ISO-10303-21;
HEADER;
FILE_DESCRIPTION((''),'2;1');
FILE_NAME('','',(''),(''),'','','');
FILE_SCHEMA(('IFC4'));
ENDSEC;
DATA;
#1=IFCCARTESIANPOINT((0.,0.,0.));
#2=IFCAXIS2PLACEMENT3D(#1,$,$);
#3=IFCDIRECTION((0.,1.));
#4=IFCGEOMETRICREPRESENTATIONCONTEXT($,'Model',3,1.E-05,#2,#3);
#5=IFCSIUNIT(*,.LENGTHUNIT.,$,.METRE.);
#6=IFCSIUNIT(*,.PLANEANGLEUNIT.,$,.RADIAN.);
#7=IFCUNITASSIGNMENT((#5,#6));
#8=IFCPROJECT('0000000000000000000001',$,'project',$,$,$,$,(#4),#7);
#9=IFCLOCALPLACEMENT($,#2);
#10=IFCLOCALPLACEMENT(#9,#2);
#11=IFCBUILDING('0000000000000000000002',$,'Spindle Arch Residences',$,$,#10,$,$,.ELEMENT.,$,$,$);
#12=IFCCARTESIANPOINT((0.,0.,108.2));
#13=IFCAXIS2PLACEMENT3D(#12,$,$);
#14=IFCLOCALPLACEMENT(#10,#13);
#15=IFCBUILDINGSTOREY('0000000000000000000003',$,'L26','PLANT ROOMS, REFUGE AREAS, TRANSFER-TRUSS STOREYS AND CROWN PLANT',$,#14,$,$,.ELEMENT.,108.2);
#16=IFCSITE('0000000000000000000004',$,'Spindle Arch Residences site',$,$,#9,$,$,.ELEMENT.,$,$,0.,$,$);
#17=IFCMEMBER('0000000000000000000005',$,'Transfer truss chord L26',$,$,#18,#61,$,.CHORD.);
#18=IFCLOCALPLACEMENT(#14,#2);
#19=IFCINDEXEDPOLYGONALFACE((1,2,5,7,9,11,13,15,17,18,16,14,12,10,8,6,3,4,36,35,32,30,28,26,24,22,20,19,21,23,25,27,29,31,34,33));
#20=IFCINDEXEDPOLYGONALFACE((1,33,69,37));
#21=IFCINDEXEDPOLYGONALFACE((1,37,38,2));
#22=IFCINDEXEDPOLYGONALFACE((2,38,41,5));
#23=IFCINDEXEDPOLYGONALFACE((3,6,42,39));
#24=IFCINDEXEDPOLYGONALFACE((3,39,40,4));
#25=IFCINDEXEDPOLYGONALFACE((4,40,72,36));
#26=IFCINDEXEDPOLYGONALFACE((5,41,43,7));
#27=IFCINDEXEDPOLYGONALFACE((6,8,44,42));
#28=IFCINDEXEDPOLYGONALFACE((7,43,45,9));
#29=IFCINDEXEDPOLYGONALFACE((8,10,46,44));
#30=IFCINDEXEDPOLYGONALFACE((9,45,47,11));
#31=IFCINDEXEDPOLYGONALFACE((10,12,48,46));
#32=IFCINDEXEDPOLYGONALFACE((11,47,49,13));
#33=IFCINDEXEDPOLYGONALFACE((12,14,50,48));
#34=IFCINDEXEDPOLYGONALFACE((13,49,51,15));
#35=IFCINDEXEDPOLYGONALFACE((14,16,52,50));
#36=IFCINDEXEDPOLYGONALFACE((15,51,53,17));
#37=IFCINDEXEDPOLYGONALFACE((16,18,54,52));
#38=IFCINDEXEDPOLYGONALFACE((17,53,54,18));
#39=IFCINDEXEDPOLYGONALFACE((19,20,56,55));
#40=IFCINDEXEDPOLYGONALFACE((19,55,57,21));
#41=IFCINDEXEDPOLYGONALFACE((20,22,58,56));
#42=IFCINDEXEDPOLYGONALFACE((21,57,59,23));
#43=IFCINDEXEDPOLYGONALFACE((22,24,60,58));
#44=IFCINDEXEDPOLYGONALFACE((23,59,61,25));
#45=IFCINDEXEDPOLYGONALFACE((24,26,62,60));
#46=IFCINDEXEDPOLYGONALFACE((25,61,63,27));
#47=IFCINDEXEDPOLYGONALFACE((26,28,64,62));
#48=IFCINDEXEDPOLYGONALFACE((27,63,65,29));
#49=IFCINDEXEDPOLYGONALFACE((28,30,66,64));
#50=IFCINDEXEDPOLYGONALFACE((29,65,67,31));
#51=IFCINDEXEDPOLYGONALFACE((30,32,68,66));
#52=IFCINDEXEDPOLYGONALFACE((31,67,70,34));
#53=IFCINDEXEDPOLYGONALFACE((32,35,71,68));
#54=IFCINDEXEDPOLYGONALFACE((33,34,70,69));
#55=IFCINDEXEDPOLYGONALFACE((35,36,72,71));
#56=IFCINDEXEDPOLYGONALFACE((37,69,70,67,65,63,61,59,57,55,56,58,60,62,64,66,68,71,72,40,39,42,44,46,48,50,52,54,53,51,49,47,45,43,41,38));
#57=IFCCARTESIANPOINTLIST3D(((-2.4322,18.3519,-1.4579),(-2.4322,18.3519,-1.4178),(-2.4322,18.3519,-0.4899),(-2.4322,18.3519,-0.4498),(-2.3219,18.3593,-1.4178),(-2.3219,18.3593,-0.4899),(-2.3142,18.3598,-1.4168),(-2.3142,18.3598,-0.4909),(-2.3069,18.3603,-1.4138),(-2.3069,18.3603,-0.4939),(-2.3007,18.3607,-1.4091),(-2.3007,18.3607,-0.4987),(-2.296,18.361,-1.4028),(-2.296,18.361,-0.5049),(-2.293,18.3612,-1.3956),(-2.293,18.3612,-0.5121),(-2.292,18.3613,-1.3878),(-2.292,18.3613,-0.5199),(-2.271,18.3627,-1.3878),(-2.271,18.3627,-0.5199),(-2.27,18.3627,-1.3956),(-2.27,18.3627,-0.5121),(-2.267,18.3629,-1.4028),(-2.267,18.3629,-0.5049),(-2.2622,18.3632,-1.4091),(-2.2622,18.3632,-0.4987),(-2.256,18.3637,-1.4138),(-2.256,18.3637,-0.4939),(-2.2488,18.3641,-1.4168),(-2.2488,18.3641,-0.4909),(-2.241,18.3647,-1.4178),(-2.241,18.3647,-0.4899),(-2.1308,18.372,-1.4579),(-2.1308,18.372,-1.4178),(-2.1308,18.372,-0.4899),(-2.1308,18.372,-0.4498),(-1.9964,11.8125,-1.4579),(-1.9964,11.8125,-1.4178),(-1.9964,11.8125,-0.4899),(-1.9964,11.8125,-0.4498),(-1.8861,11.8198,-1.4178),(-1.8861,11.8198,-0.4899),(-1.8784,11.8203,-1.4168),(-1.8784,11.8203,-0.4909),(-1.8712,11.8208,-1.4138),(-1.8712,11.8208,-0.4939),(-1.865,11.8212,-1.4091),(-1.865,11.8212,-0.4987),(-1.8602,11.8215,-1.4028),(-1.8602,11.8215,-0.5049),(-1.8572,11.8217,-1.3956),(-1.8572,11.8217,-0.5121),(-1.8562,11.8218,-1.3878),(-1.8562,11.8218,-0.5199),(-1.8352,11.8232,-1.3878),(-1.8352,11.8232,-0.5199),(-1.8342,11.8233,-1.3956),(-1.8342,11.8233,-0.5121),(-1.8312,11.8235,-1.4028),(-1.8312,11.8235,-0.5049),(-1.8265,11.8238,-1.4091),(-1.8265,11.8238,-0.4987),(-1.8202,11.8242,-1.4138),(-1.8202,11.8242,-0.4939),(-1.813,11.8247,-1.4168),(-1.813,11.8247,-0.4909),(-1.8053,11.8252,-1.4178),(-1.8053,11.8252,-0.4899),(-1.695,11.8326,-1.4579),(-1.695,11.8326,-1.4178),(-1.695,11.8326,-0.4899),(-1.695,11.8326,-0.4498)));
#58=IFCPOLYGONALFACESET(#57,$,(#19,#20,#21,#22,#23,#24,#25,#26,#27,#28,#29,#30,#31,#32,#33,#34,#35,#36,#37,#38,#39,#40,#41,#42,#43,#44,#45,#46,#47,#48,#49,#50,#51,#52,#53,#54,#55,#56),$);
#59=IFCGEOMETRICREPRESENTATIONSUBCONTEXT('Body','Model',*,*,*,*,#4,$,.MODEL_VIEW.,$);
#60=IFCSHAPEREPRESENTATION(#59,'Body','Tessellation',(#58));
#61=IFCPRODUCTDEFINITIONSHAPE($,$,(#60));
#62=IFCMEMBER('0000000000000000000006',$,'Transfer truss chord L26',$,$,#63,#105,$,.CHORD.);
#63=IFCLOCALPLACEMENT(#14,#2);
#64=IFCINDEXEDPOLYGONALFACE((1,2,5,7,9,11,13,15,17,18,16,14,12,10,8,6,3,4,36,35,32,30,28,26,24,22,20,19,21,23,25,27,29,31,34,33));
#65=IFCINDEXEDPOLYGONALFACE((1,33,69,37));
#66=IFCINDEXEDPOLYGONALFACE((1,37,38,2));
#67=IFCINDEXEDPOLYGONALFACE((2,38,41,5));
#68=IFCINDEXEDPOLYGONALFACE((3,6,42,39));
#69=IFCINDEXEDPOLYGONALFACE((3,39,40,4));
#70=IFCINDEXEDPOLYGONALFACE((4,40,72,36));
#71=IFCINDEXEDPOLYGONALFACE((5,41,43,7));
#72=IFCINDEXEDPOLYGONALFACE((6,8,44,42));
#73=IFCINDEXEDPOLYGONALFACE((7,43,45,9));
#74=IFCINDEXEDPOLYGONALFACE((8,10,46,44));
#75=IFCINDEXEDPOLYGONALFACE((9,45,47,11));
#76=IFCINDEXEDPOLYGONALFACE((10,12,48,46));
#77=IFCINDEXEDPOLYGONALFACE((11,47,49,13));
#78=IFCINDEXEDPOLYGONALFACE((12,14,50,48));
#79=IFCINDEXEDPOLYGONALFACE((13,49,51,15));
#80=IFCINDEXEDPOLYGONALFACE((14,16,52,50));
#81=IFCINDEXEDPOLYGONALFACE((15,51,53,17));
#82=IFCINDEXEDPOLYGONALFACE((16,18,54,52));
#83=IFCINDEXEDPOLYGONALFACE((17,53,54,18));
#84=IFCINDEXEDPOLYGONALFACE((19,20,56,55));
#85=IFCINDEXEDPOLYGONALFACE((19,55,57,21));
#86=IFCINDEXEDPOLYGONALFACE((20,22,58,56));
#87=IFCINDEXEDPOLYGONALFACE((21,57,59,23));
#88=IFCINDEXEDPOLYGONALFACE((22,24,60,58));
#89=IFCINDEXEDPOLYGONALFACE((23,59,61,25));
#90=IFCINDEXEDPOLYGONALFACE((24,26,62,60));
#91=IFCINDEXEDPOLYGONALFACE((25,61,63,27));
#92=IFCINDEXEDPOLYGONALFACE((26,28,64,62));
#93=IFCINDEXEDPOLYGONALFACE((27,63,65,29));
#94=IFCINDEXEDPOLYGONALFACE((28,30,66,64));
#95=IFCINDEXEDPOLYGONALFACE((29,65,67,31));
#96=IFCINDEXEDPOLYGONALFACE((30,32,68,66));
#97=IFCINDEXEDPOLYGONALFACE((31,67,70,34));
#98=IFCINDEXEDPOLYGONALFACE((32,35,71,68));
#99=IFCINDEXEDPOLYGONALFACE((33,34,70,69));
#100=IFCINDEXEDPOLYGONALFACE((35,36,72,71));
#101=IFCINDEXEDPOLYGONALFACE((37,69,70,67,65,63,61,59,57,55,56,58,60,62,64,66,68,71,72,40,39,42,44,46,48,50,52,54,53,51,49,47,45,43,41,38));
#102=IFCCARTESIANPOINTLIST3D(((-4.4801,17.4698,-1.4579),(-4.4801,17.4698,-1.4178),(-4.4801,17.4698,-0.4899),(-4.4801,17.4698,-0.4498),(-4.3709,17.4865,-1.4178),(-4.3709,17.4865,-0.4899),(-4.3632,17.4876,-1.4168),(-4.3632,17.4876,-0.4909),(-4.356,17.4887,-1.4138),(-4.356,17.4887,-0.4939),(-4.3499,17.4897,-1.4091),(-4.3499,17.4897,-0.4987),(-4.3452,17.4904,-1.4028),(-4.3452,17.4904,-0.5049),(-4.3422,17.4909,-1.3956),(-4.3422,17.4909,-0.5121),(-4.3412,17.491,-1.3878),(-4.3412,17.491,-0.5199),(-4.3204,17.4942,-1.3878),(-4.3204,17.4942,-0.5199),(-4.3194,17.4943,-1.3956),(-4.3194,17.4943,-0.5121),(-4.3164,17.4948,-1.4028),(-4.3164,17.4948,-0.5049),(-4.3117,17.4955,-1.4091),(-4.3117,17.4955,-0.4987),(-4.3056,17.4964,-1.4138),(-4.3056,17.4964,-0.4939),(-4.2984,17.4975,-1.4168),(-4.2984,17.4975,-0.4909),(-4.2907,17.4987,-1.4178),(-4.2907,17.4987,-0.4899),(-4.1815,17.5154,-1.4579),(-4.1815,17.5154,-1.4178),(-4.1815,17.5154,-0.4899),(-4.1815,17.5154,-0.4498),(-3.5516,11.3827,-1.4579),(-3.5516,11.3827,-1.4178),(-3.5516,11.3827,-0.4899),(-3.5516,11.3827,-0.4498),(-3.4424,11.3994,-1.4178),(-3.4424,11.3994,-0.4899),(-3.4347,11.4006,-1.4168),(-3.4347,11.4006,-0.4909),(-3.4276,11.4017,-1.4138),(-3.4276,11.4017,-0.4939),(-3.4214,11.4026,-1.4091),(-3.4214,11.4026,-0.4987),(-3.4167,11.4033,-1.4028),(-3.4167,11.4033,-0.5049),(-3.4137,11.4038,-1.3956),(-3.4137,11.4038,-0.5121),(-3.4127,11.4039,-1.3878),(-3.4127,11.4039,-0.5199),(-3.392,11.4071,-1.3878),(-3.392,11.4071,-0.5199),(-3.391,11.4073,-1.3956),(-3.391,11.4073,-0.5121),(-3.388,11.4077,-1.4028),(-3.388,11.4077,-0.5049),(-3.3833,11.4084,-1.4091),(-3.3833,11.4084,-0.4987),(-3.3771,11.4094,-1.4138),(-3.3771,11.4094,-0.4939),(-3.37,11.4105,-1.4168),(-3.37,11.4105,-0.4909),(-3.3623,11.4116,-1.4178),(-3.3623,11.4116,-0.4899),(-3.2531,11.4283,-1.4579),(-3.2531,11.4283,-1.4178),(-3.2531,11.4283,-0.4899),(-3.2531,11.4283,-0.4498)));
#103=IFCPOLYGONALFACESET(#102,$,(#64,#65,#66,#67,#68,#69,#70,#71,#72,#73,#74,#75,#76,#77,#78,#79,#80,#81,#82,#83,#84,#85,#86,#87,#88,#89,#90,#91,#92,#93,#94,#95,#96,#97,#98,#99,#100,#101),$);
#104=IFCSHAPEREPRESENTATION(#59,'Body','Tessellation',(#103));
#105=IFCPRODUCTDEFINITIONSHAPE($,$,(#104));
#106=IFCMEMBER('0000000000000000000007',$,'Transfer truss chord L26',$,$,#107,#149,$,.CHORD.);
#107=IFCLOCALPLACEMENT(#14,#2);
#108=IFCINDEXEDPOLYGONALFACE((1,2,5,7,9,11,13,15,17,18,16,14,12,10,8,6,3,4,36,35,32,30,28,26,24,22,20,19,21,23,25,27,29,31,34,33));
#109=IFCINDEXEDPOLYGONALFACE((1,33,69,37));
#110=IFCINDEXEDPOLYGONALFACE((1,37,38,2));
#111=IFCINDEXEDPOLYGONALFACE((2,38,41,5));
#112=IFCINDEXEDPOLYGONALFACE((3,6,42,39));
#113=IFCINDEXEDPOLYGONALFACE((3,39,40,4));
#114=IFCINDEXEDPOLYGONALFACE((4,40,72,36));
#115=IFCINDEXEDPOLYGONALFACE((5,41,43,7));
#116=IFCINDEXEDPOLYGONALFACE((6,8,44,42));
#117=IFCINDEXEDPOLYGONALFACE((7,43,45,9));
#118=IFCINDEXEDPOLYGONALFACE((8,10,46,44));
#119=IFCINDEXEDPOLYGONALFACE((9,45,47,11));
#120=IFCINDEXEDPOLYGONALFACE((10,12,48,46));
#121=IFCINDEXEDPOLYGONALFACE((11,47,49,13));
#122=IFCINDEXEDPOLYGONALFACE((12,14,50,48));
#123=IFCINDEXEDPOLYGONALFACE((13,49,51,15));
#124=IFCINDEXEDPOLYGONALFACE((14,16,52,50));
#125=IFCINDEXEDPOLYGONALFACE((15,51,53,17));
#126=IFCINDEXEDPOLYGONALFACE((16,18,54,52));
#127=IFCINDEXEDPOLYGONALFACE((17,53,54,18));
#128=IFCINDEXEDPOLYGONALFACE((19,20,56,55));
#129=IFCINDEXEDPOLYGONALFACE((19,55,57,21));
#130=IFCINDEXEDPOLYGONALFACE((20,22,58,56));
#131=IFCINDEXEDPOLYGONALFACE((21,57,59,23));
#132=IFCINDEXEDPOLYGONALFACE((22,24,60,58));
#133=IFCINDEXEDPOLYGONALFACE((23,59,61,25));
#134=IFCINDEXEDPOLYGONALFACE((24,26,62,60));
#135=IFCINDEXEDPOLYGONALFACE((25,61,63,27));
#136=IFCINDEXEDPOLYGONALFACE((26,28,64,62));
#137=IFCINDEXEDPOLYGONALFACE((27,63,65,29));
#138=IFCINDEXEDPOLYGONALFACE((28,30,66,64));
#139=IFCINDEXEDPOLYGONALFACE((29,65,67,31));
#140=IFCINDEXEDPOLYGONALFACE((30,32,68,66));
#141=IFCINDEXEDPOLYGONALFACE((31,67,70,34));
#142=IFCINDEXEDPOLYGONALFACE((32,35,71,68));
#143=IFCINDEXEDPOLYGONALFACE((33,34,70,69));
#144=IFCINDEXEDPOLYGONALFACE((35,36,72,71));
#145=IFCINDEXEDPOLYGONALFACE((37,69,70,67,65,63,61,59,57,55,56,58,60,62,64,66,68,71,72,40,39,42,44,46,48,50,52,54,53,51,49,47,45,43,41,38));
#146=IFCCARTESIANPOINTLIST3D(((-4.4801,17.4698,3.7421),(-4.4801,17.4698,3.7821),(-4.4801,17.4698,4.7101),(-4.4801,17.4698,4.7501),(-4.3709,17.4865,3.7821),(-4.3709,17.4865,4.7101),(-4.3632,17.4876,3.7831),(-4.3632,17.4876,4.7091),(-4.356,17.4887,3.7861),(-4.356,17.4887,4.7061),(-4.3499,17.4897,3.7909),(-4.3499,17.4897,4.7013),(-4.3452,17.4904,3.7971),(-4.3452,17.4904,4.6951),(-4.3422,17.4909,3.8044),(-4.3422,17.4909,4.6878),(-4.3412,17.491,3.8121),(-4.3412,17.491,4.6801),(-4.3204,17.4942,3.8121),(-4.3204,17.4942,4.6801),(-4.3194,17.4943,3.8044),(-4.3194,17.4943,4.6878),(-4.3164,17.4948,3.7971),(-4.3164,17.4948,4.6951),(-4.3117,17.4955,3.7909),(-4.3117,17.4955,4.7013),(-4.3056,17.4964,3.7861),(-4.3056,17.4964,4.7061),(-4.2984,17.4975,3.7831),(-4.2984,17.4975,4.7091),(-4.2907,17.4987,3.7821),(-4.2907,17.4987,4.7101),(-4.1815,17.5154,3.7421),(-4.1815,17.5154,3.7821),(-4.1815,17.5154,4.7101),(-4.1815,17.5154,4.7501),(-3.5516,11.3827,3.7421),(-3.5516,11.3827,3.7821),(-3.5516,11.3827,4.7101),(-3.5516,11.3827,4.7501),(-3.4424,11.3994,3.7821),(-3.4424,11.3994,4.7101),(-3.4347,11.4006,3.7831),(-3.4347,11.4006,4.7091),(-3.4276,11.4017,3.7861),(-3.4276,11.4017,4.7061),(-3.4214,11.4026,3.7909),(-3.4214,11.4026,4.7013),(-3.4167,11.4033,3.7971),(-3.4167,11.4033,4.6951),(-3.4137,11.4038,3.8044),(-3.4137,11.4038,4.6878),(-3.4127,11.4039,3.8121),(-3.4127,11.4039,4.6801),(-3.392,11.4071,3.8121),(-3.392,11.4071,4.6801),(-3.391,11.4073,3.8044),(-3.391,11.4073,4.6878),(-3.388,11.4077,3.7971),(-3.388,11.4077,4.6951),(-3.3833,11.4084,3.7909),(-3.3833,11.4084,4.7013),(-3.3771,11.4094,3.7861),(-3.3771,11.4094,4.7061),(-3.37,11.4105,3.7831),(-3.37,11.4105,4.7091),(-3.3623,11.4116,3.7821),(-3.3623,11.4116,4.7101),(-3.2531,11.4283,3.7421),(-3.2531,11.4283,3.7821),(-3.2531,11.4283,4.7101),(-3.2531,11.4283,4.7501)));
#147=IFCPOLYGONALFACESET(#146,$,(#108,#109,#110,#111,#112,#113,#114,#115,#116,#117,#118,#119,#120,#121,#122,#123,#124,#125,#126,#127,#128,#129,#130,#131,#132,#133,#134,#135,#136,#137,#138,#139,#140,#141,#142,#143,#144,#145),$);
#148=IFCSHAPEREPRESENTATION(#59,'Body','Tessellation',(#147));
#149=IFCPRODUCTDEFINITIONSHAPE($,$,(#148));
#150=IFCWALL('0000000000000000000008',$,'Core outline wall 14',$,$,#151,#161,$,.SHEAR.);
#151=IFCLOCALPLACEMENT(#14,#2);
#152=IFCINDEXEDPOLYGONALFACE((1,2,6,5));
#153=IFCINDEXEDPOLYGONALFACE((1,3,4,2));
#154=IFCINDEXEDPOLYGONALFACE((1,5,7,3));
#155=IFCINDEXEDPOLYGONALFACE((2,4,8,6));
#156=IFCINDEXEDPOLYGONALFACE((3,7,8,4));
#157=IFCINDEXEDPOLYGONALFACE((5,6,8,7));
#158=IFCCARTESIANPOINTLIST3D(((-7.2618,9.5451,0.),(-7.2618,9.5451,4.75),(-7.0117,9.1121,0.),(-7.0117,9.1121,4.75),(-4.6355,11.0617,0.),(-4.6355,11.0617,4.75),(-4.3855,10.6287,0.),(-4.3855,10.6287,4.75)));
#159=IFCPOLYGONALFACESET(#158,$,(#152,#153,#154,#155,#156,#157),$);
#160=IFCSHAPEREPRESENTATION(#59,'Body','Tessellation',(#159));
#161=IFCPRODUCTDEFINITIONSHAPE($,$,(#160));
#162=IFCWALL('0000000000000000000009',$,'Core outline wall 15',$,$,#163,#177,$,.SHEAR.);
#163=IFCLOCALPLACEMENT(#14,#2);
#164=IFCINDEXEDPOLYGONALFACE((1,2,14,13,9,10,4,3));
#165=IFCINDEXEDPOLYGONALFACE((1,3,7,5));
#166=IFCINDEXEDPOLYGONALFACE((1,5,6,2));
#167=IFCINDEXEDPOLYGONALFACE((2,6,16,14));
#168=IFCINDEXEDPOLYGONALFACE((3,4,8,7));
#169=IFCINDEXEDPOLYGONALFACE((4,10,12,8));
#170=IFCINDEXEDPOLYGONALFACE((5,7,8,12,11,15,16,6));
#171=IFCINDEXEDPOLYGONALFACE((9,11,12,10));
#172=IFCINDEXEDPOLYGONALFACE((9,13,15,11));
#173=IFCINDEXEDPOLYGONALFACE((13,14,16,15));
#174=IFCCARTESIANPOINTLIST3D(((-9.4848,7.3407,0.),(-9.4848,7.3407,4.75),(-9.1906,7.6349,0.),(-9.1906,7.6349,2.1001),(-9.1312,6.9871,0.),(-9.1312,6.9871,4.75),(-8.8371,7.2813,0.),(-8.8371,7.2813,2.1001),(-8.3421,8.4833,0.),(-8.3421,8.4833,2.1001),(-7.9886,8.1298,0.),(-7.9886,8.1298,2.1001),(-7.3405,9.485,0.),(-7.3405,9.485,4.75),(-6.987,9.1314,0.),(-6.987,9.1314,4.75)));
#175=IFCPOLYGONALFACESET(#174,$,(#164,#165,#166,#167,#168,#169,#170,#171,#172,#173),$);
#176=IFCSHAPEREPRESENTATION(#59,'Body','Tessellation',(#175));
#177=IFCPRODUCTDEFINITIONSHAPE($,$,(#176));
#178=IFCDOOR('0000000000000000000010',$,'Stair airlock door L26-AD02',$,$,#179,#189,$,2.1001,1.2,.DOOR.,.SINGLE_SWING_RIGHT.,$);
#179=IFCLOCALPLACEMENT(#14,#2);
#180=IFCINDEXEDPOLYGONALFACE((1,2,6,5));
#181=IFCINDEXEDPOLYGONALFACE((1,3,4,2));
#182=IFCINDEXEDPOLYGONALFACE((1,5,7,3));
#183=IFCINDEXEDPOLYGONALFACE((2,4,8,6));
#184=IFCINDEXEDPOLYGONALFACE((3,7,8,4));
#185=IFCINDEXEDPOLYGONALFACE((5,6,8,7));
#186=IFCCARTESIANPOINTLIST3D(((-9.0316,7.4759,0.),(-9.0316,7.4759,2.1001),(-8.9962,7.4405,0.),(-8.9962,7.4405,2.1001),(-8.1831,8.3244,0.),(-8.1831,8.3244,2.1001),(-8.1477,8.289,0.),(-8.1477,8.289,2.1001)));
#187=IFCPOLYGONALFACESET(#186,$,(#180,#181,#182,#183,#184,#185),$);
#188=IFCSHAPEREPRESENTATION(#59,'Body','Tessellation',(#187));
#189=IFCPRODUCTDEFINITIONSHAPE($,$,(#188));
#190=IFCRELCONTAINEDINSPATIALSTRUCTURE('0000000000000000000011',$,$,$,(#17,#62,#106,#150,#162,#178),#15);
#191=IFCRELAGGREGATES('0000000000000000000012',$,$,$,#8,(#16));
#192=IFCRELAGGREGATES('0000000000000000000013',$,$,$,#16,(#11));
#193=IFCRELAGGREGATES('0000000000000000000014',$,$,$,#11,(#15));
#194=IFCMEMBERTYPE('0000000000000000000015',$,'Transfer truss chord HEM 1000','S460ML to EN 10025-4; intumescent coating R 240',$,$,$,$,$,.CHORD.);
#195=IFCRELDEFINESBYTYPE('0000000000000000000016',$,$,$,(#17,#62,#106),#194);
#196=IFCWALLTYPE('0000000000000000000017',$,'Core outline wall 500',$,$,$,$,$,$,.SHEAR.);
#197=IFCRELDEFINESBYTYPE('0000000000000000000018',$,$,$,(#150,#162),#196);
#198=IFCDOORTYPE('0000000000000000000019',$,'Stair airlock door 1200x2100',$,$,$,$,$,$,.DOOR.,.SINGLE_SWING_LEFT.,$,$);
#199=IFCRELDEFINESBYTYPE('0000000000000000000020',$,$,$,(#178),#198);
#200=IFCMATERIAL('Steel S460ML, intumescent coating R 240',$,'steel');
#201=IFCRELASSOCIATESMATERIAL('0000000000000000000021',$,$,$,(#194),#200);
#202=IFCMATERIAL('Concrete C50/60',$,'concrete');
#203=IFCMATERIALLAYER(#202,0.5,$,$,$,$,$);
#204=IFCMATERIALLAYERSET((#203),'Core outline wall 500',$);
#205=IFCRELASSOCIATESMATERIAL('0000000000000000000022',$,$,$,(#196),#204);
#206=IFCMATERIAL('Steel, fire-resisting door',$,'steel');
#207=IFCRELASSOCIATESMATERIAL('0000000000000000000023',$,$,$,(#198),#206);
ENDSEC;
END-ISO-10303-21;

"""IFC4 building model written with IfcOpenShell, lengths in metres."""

from ifc_helpers import new_model, si_unit, direction, frame, frame_2d, origin, origin_2d, place, context, subcontext, project, spatial, rectangle, i_section, extrude, material, layer, layer_set, material_profile, profile_set, type_object, element, fill, save


model = new_model("IFC4")

# Units and contexts
model_context = context("Model", 3, precision=1e-05, world=origin(), true_north=direction((0.0, 1.0)))
body_context = subcontext(model_context, "Body", "Model", "MODEL_VIEW")
ifc_project = project(units=[si_unit("LENGTHUNIT", "METRE"), si_unit("PLANEANGLEUNIT", "RADIAN")], contexts=[model_context])

# Site, building, storey
site_placement = place(None, origin())
site = spatial("IfcSite", under=ifc_project, at=site_placement, Name="Spindle Arch Residences site", CompositionType="ELEMENT", RefElevation=0.0)
building_placement = place(site_placement, origin())
building = spatial("IfcBuilding", under=site, at=building_placement, Name="Spindle Arch Residences", CompositionType="ELEMENT")
storey_placement = place(building_placement, frame((0.0, 0.0, 108.2)))
storey = spatial("IfcBuildingStorey", under=building, at=storey_placement, Name="L26", Description="PLANT ROOMS, REFUGE AREAS, TRANSFER-TRUSS STOREYS AND CROWN PLANT", CompositionType="ELEMENT", Elevation=108.2)

# Members
ifc_material_1 = material(Name="Steel S460ML, intumescent coating R 240", Category="steel")
ifc_material_profile = material_profile(ifc_material_1, i_section(OverallWidth=0.302, OverallDepth=1.0081, WebThickness=0.021, FlangeThickness=0.04, FilletRadius=0.03, at=origin_2d()), Name="HEM 1000")
ifc_profile_set = profile_set([ifc_material_profile], Name="Steel S460ML, intumescent coating R 240")
member_type = type_object("IfcMemberType", Name="Transfer truss chord HEM 1000", Description="S460ML to EN 10025-4; intumescent coating R 240", PredefinedType="CHORD", material=ifc_profile_set)
member_placement = place(storey_placement, frame((-1.8457, 11.8225, -0.9539), z_axis=(-0.066492, 0.997787, 0.0), x_axis=(-0.997787, -0.066492, 0.0)))
element("IfcMember", 1, at=member_placement, inside=storey, type_object=member_type, Name="Transfer truss chord L26", PredefinedType="CHORD", context=body_context, shape_type="SweptSolid", body=[
    extrude(i_section(OverallWidth=0.302, OverallDepth=1.0081, WebThickness=0.021, FlangeThickness=0.04, FilletRadius=0.03, at=origin_2d()), origin(), (0.0, 0.0, 1.0), 6.554),
])
for number, where, z_axis, x_axis, name in (
    (2, (-3.4023, 11.4055, -0.9539), (-0.150785, 0.988567, 0.0), (-0.988567, -0.150785, 0.0), "Transfer truss chord L26"),
    (3, (-3.4023, 11.4055, 4.2461), (-0.150785, 0.988567, 0.0), (-0.988567, -0.150785, 0.0), "Transfer truss chord L26"),
):
    element("IfcMember", number, at=place(storey_placement, frame(where, z_axis=z_axis, x_axis=x_axis)), inside=storey, type_object=member_type, Name=name, PredefinedType="CHORD", context=body_context, shape_type="SweptSolid", body=[
        extrude(i_section(OverallWidth=0.302, OverallDepth=1.0081, WebThickness=0.021, FlangeThickness=0.04, FilletRadius=0.03, at=origin_2d()), origin(), (0.0, 0.0, 1.0), 6.1575),
    ])

# Wall
ifc_material_2 = material(Name="Concrete C50/60", Category="concrete")
ifc_layer_1 = layer(ifc_material_2, 0.5)
ifc_layer_set_1 = layer_set([ifc_layer_1], Name="Core outline wall 500")
wall_type_1 = type_object("IfcWallType", Name="Core outline wall 500", PredefinedType="SHEAR", material=ifc_layer_set_1)
wall_1_placement = place(storey_placement, frame((-4.5105, 10.8452, 0.0), z_axis=(0.0, 0.0, 1.0), x_axis=(-0.865975, -0.500087, 0.0)))
element("IfcWall", 4, at=wall_1_placement, inside=storey, type_object=wall_type_1, Name="Core outline wall 14", PredefinedType="SHEAR", context=body_context, shape_type="SweptSolid", body=[
    extrude(rectangle(XDim=3.0327, YDim=0.5, at=frame_2d((1.5164, 0.0))), origin(), (0.0, 0.0, 1.0), 4.75),
])

# Wall, opening, door
wall_2_placement = place(storey_placement, frame((-7.1638, 9.3081, 0.0), z_axis=(0.0, 0.0, 1.0), x_axis=(-0.707107, -0.707107, 0.0)))
wall_2 = element("IfcWall", 5, at=wall_2_placement, inside=storey, type_object=wall_type_1, Name="Core outline wall 15", PredefinedType="SHEAR", context=body_context, shape_type="SweptSolid", body=[
    extrude(rectangle(XDim=3.0325, YDim=0.5, at=frame_2d((1.5161, 0.0))), origin(), (0.0, 0.0, 1.0), 4.75),
])
opening_1_placement = place(wall_2_placement, frame((1.4163, 0.0, 0.0)))
opening_1 = element("IfcOpeningElement", 6, at=opening_1_placement, cuts=wall_2, PredefinedType="OPENING", context=body_context, shape_type="SweptSolid", body=[
    extrude(rectangle(XDim=1.2, YDim=2.1001, at=frame_2d((0.6001, 1.05))), frame((0.0, 0.26, 0.0), z_axis=(0.0, -1.0, 0.0), x_axis=(1.0, 0.0, 0.0)), (0.0, 0.0, 1.0), 0.52),
])
ifc_material_3 = material(Name="Steel, fire-resisting door", Category="steel")
door_type_1 = type_object("IfcDoorType", Name="Stair airlock door 1200x2100", OperationType="SINGLE_SWING_LEFT", PredefinedType="DOOR", material=ifc_material_3)
door_1_placement = place(opening_1_placement, origin())
door_1 = element("IfcDoor", 7, at=door_1_placement, inside=storey, type_object=door_type_1, Name="Stair airlock door L26-AD02", OperationType="SINGLE_SWING_RIGHT", OverallHeight=2.1001, OverallWidth=1.2, PredefinedType="DOOR", context=body_context, shape_type="SweptSolid", body=[
    extrude(rectangle(XDim=1.2, YDim=2.1001, at=frame_2d((0.6001, 1.05))), frame((0.0, 0.0249, 0.0), z_axis=(0.0, -1.0, 0.0), x_axis=(1.0, 0.0, 0.0)), (0.0, 0.0, 1.0), 0.05),
])
fill(opening_1, door_1)

save(model, "model.ifc")
